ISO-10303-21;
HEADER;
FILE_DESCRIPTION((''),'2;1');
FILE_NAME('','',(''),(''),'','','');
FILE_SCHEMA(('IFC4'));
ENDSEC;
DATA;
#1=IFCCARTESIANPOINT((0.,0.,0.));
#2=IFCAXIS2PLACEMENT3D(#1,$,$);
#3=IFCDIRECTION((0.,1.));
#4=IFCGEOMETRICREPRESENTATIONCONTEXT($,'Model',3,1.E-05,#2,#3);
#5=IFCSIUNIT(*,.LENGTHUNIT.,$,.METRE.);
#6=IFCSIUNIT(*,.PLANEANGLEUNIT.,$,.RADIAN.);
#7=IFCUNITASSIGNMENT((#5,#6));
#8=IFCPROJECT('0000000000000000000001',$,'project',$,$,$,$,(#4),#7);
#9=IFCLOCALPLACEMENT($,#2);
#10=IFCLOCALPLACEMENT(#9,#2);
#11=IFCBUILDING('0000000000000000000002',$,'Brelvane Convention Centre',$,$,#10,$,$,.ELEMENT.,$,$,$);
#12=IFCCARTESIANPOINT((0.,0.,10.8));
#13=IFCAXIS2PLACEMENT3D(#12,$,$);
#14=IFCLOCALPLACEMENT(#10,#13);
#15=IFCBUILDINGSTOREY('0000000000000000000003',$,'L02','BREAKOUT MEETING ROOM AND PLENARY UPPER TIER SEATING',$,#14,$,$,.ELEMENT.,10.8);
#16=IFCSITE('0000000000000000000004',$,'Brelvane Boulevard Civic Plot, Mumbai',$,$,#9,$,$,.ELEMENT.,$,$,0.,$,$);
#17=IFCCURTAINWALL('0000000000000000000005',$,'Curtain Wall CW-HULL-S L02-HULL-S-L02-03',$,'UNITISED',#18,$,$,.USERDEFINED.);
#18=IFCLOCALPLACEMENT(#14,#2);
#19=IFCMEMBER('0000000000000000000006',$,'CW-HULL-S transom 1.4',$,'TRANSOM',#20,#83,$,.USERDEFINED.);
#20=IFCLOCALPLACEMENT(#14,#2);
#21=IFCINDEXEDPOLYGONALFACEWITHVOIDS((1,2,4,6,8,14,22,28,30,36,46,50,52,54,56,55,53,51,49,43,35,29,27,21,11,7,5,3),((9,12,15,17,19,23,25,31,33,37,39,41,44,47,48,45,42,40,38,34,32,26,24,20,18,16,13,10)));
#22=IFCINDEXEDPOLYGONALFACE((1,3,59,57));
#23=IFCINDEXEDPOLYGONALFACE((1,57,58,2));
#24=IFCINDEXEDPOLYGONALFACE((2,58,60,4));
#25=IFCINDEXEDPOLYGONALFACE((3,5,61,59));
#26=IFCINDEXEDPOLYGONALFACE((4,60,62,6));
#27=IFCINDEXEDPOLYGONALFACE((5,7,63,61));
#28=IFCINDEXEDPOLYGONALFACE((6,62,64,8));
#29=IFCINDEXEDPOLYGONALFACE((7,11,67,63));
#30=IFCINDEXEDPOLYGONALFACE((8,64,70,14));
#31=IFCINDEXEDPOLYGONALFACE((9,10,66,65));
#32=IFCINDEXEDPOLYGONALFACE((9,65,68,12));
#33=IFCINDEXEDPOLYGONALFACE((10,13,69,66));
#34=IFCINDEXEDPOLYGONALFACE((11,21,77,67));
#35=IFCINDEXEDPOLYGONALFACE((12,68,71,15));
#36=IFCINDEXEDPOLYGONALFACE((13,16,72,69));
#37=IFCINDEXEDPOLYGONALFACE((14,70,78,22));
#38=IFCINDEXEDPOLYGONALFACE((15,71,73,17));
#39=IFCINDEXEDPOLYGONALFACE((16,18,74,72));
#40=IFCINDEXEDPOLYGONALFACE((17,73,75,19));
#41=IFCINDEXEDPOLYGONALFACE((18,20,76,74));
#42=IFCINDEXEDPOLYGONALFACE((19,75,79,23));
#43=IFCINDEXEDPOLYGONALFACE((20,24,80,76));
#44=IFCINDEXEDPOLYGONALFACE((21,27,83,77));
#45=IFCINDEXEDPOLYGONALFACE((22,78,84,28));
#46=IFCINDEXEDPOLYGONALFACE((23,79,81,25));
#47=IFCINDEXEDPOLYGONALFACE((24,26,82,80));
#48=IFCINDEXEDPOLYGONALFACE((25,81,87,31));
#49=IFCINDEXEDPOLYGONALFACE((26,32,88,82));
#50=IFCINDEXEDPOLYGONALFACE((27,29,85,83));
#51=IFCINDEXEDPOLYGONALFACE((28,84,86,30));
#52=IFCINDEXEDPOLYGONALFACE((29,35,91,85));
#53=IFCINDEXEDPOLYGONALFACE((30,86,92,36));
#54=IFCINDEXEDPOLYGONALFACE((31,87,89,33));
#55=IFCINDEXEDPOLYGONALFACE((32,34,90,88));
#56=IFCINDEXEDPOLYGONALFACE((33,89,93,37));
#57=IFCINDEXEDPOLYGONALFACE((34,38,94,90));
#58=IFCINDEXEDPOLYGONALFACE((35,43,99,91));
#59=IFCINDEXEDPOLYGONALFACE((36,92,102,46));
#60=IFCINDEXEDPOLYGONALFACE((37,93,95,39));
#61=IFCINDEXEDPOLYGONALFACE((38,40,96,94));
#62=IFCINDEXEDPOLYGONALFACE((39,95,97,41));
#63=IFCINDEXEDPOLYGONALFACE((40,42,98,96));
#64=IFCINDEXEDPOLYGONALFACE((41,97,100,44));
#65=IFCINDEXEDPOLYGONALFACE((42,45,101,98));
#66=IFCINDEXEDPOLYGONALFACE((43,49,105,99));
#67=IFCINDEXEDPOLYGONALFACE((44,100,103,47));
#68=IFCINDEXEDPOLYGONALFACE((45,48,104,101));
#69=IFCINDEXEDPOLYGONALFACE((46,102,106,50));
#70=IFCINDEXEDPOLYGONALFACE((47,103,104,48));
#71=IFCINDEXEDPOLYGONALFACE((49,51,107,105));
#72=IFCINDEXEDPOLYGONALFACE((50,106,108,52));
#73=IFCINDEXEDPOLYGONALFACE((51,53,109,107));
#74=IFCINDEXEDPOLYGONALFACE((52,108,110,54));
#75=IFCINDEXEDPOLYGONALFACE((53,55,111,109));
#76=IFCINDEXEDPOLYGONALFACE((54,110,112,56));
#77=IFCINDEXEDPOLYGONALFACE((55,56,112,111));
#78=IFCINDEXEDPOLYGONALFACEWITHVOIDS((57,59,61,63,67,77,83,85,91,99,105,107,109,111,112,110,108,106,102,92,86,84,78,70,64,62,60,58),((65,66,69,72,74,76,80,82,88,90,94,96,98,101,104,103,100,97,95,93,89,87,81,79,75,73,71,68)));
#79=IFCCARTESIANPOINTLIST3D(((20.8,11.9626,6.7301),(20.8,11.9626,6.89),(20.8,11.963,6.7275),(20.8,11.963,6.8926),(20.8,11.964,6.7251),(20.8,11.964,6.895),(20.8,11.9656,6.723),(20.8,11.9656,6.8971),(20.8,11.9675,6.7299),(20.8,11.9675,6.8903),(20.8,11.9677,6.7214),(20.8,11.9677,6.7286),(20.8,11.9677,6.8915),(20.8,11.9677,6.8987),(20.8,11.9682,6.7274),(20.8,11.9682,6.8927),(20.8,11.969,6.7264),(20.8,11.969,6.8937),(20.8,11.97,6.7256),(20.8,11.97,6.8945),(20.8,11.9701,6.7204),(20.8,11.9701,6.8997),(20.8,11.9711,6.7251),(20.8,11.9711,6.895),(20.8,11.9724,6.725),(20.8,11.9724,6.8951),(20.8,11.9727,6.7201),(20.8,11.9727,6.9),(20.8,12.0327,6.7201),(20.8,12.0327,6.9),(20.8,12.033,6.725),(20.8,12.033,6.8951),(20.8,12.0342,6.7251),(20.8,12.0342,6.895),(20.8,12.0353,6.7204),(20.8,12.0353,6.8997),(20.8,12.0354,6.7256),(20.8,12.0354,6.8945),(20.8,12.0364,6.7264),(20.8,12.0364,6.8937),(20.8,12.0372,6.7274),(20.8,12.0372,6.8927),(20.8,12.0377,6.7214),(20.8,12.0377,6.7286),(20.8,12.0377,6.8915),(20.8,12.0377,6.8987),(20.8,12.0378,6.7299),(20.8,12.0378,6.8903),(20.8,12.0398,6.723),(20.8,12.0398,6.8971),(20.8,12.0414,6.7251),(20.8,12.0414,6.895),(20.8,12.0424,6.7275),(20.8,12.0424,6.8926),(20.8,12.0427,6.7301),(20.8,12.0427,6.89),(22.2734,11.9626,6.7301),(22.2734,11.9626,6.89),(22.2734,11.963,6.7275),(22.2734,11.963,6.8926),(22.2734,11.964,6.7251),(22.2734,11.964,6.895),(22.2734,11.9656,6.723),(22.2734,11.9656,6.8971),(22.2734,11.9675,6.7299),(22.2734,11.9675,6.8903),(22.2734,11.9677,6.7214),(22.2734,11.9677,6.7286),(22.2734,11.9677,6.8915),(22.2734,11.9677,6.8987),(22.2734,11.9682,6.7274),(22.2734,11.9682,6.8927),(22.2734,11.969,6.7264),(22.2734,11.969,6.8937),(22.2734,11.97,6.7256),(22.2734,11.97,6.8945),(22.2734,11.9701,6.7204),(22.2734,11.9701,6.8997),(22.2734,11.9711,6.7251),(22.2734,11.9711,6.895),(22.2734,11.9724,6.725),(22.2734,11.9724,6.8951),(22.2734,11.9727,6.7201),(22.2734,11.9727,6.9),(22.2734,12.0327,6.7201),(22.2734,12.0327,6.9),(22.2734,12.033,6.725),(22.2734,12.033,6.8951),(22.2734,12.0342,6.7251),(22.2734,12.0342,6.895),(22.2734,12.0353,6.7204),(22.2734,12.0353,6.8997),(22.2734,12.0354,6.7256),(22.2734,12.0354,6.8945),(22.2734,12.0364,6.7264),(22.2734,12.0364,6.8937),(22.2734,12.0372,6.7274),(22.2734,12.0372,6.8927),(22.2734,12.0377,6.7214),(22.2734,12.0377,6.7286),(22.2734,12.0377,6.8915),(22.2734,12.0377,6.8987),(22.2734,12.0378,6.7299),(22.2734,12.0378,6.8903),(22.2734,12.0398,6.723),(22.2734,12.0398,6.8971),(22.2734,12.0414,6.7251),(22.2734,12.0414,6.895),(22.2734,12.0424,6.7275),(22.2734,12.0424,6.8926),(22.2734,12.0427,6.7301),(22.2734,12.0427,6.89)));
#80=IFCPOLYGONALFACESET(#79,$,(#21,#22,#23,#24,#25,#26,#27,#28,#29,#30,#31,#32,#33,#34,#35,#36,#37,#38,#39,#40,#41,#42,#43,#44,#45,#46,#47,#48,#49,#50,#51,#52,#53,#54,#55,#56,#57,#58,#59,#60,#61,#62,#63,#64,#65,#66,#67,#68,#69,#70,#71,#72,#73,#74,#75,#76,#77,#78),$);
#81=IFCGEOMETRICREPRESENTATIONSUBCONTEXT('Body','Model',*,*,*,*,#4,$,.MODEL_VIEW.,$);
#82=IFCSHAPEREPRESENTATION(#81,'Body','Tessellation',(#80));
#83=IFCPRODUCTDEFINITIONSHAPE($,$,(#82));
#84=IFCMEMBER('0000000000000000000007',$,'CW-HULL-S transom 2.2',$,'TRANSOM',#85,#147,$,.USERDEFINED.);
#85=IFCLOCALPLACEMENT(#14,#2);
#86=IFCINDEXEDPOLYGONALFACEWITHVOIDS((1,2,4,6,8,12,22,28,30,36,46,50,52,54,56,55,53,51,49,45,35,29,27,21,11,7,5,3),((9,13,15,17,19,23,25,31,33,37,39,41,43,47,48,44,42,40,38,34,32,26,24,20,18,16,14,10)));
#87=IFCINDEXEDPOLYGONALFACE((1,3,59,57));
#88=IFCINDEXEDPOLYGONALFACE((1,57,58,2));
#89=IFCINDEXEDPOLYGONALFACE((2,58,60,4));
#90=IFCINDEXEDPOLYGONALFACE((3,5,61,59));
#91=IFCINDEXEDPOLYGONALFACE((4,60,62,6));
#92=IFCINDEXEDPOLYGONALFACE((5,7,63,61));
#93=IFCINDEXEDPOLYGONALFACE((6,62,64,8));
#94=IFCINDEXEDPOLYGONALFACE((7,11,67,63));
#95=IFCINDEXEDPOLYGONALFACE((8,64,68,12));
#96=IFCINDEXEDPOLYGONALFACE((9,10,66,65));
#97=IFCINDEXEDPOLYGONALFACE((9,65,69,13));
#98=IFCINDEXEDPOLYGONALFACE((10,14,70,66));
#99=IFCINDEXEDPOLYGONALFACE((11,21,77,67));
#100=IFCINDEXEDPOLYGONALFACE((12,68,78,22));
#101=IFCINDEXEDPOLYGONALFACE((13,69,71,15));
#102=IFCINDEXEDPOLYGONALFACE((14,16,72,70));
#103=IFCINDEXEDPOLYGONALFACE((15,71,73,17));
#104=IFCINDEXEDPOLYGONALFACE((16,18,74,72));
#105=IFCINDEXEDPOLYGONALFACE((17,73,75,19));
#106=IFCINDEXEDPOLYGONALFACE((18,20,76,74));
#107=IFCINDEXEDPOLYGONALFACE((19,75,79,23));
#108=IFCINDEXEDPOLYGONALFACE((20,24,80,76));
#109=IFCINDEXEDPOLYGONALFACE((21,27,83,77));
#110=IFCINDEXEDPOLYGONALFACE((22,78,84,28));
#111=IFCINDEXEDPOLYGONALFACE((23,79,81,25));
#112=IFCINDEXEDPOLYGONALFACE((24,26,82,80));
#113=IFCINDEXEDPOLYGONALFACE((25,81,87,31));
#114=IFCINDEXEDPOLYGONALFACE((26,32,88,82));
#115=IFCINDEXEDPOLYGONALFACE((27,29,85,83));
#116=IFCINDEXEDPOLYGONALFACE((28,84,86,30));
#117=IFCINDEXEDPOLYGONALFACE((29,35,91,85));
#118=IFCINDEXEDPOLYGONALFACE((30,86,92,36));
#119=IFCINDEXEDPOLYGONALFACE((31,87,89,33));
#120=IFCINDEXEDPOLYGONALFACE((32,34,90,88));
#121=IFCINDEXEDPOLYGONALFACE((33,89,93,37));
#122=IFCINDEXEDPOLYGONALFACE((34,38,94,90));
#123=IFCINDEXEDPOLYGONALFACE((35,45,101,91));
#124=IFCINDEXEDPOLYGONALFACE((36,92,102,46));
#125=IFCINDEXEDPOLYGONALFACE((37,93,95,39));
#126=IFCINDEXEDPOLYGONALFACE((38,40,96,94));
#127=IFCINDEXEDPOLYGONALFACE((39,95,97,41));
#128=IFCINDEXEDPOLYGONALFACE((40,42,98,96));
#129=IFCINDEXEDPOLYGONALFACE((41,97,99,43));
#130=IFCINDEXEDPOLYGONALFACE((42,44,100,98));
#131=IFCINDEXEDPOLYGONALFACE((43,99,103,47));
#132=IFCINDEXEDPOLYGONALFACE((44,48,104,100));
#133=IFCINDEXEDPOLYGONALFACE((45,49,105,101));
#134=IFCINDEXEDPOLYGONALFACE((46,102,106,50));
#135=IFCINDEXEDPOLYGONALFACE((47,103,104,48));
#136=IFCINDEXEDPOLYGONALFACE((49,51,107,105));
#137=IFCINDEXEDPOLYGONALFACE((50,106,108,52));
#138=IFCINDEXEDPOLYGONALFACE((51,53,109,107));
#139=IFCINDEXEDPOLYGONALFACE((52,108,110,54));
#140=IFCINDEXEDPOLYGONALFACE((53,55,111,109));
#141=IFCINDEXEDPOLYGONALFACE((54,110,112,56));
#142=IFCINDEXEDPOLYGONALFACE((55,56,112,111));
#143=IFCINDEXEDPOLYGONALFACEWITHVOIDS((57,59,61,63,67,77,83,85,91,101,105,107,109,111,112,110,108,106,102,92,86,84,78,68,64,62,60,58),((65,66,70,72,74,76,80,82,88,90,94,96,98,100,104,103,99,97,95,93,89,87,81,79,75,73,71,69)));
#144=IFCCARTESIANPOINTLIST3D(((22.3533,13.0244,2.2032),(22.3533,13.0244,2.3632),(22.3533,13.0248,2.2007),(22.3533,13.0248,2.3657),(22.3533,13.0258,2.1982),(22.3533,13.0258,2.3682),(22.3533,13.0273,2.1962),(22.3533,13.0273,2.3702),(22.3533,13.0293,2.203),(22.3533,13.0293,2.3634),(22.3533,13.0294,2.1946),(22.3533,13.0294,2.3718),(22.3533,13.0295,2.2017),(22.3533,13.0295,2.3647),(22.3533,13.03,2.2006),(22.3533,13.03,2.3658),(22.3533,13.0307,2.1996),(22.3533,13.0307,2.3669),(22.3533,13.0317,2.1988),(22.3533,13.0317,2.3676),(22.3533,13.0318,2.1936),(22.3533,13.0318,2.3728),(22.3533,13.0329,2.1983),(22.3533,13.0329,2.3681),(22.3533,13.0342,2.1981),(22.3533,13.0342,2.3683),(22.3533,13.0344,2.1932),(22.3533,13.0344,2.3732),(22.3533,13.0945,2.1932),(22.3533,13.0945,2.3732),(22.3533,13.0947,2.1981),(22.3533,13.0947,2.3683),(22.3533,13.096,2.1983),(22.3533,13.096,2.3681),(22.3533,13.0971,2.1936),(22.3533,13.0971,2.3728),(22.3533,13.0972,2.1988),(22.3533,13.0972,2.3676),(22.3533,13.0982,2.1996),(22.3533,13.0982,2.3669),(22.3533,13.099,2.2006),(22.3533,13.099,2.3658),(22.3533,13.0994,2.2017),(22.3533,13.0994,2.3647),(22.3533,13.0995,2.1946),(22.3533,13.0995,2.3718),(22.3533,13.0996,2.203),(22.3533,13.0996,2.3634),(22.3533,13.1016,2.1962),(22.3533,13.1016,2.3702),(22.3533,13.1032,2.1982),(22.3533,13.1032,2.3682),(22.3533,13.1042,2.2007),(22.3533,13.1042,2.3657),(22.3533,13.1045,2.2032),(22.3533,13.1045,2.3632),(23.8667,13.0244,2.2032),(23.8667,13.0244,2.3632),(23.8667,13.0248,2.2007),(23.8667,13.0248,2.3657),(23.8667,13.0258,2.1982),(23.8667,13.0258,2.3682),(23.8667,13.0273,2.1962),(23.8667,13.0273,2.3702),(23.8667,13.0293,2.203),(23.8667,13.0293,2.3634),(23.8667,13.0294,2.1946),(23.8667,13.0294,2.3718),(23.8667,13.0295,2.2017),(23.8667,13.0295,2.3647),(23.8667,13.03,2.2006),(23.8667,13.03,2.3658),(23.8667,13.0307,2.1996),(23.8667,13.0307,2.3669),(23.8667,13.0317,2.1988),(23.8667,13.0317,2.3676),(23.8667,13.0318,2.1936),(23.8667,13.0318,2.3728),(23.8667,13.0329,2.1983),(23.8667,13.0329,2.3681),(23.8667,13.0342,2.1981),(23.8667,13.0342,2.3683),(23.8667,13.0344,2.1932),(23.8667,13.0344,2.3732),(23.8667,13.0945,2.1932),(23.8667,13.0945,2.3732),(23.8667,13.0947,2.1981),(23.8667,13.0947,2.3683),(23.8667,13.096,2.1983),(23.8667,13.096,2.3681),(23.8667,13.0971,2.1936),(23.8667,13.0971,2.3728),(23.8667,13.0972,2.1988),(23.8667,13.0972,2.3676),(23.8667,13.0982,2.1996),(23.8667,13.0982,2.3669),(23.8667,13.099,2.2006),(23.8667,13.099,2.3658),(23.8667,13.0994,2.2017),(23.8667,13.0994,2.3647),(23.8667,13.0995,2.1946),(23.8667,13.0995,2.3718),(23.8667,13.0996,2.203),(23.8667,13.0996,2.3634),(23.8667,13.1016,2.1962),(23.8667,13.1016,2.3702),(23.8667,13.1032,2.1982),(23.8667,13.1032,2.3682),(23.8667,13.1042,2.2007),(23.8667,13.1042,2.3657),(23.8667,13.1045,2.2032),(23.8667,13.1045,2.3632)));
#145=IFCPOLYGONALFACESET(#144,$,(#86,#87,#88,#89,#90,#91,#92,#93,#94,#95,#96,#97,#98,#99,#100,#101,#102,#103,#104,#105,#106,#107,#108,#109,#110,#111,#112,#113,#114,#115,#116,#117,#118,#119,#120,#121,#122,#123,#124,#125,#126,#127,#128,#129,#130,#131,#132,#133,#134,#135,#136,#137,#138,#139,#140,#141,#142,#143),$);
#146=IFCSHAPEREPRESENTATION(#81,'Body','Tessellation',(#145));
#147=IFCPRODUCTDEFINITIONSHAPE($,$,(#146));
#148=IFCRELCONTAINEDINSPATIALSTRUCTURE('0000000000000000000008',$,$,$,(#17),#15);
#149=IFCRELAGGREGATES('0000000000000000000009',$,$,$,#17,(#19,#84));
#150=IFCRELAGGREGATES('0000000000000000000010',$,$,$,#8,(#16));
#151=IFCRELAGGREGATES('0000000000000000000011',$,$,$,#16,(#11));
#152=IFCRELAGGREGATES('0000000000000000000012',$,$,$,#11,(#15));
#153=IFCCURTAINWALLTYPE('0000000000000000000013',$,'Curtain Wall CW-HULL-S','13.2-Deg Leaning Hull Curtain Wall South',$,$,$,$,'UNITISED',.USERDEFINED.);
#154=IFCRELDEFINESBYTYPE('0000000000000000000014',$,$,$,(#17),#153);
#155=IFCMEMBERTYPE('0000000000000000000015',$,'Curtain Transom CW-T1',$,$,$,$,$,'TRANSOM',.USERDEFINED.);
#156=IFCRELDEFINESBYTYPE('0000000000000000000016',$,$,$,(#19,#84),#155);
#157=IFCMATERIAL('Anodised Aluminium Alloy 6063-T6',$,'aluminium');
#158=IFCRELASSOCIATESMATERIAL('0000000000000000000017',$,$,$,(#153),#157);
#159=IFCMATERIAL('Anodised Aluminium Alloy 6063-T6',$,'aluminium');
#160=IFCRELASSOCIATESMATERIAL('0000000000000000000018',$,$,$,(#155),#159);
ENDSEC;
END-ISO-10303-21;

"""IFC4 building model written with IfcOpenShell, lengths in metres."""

from ifc_helpers import new_model, si_unit, direction, frame, origin, origin_2d, place, context, subcontext, project, spatial, hollow_rectangle, extrude, material, material_profile, profile_set, type_object, element, aggregate, save


model = new_model("IFC4")

# Units and contexts
model_context = context("Model", 3, precision=1e-05, world=origin(), true_north=direction((0.0, 1.0)))
body_context = subcontext(model_context, "Body", "Model", "MODEL_VIEW")
ifc_project = project(units=[si_unit("LENGTHUNIT", "METRE"), si_unit("PLANEANGLEUNIT", "RADIAN")], contexts=[model_context])

# Site, building, storey
site_placement = place(None, origin())
site = spatial("IfcSite", under=ifc_project, at=site_placement, Name="Brelvane Boulevard Civic Plot, Mumbai", CompositionType="ELEMENT", RefElevation=0.0)
building_placement = place(site_placement, origin())
building = spatial("IfcBuilding", under=site, at=building_placement, Name="Brelvane Convention Centre", CompositionType="ELEMENT")
storey_placement = place(building_placement, frame((0.0, 0.0, 10.8)))
storey = spatial("IfcBuildingStorey", under=building, at=storey_placement, Name="L02", Description="BREAKOUT MEETING ROOM AND PLENARY UPPER TIER SEATING", CompositionType="ELEMENT", Elevation=10.8)

# Curtain wall, members
ifc_material_1 = material(Name="Anodised Aluminium Alloy 6063-T6", Category="aluminium")
curtain_wall_type = type_object("IfcCurtainWallType", Name="Curtain Wall CW-HULL-S", Description="13.2-Deg Leaning Hull Curtain Wall South", ElementType="UNITISED", PredefinedType="USERDEFINED", material=ifc_material_1)
curtain_wall_1_placement = place(storey_placement, origin())
curtain_wall_1 = element("IfcCurtainWall", 1, at=curtain_wall_1_placement, inside=storey, type_object=curtain_wall_type, Name="Curtain Wall CW-HULL-S L02-HULL-S-L02-03", ObjectType="UNITISED", PredefinedType="USERDEFINED")
ifc_material_2 = material(Name="Anodised Aluminium Alloy 6063-T6", Category="aluminium")
ifc_material_profile = material_profile(ifc_material_2, hollow_rectangle(XDim=0.0801, YDim=0.1799, WallThickness=0.0049, InnerFilletRadius=0.0049, OuterFilletRadius=0.01, at=origin_2d()), Name="ALU-T 180x80x5.0")
ifc_profile_set = profile_set([ifc_material_profile], Name="Anodised Aluminium Alloy 6063-T6")
member_type = type_object("IfcMemberType", Name="Curtain Transom CW-T1", ElementType="TRANSOM", PredefinedType="USERDEFINED", material=ifc_profile_set)
member_1_placement = place(storey_placement, frame((20.8, 12.0027, 6.8101), z_axis=(1.0, 0.0, 0.0), x_axis=(0.0, 1.0, 0.0)))
member_1 = element("IfcMember", 2, at=member_1_placement, type_object=member_type, Name="CW-HULL-S transom 1.4", ObjectType="TRANSOM", PredefinedType="USERDEFINED", context=body_context, shape_type="SweptSolid", body=[
    extrude(hollow_rectangle(XDim=0.0801, YDim=0.1799, WallThickness=0.0049, InnerFilletRadius=0.0049, OuterFilletRadius=0.01, at=origin_2d()), origin(), (0.0, 0.0, 1.0), 1.4734),
])
member_2_placement = place(storey_placement, frame((22.3533, 13.0645, 2.2832), z_axis=(1.0, 0.0, 0.0), x_axis=(0.0, 1.0, 0.0)))
member_2 = element("IfcMember", 3, at=member_2_placement, type_object=member_type, Name="CW-HULL-S transom 2.2", ObjectType="TRANSOM", PredefinedType="USERDEFINED", context=body_context, shape_type="SweptSolid", body=[
    extrude(hollow_rectangle(XDim=0.0801, YDim=0.1799, WallThickness=0.0049, InnerFilletRadius=0.0049, OuterFilletRadius=0.01, at=origin_2d()), origin(), (0.0, 0.0, 1.0), 1.5134),
])

aggregate(curtain_wall_1, [member_1, member_2])

save(model, "model.ifc")
